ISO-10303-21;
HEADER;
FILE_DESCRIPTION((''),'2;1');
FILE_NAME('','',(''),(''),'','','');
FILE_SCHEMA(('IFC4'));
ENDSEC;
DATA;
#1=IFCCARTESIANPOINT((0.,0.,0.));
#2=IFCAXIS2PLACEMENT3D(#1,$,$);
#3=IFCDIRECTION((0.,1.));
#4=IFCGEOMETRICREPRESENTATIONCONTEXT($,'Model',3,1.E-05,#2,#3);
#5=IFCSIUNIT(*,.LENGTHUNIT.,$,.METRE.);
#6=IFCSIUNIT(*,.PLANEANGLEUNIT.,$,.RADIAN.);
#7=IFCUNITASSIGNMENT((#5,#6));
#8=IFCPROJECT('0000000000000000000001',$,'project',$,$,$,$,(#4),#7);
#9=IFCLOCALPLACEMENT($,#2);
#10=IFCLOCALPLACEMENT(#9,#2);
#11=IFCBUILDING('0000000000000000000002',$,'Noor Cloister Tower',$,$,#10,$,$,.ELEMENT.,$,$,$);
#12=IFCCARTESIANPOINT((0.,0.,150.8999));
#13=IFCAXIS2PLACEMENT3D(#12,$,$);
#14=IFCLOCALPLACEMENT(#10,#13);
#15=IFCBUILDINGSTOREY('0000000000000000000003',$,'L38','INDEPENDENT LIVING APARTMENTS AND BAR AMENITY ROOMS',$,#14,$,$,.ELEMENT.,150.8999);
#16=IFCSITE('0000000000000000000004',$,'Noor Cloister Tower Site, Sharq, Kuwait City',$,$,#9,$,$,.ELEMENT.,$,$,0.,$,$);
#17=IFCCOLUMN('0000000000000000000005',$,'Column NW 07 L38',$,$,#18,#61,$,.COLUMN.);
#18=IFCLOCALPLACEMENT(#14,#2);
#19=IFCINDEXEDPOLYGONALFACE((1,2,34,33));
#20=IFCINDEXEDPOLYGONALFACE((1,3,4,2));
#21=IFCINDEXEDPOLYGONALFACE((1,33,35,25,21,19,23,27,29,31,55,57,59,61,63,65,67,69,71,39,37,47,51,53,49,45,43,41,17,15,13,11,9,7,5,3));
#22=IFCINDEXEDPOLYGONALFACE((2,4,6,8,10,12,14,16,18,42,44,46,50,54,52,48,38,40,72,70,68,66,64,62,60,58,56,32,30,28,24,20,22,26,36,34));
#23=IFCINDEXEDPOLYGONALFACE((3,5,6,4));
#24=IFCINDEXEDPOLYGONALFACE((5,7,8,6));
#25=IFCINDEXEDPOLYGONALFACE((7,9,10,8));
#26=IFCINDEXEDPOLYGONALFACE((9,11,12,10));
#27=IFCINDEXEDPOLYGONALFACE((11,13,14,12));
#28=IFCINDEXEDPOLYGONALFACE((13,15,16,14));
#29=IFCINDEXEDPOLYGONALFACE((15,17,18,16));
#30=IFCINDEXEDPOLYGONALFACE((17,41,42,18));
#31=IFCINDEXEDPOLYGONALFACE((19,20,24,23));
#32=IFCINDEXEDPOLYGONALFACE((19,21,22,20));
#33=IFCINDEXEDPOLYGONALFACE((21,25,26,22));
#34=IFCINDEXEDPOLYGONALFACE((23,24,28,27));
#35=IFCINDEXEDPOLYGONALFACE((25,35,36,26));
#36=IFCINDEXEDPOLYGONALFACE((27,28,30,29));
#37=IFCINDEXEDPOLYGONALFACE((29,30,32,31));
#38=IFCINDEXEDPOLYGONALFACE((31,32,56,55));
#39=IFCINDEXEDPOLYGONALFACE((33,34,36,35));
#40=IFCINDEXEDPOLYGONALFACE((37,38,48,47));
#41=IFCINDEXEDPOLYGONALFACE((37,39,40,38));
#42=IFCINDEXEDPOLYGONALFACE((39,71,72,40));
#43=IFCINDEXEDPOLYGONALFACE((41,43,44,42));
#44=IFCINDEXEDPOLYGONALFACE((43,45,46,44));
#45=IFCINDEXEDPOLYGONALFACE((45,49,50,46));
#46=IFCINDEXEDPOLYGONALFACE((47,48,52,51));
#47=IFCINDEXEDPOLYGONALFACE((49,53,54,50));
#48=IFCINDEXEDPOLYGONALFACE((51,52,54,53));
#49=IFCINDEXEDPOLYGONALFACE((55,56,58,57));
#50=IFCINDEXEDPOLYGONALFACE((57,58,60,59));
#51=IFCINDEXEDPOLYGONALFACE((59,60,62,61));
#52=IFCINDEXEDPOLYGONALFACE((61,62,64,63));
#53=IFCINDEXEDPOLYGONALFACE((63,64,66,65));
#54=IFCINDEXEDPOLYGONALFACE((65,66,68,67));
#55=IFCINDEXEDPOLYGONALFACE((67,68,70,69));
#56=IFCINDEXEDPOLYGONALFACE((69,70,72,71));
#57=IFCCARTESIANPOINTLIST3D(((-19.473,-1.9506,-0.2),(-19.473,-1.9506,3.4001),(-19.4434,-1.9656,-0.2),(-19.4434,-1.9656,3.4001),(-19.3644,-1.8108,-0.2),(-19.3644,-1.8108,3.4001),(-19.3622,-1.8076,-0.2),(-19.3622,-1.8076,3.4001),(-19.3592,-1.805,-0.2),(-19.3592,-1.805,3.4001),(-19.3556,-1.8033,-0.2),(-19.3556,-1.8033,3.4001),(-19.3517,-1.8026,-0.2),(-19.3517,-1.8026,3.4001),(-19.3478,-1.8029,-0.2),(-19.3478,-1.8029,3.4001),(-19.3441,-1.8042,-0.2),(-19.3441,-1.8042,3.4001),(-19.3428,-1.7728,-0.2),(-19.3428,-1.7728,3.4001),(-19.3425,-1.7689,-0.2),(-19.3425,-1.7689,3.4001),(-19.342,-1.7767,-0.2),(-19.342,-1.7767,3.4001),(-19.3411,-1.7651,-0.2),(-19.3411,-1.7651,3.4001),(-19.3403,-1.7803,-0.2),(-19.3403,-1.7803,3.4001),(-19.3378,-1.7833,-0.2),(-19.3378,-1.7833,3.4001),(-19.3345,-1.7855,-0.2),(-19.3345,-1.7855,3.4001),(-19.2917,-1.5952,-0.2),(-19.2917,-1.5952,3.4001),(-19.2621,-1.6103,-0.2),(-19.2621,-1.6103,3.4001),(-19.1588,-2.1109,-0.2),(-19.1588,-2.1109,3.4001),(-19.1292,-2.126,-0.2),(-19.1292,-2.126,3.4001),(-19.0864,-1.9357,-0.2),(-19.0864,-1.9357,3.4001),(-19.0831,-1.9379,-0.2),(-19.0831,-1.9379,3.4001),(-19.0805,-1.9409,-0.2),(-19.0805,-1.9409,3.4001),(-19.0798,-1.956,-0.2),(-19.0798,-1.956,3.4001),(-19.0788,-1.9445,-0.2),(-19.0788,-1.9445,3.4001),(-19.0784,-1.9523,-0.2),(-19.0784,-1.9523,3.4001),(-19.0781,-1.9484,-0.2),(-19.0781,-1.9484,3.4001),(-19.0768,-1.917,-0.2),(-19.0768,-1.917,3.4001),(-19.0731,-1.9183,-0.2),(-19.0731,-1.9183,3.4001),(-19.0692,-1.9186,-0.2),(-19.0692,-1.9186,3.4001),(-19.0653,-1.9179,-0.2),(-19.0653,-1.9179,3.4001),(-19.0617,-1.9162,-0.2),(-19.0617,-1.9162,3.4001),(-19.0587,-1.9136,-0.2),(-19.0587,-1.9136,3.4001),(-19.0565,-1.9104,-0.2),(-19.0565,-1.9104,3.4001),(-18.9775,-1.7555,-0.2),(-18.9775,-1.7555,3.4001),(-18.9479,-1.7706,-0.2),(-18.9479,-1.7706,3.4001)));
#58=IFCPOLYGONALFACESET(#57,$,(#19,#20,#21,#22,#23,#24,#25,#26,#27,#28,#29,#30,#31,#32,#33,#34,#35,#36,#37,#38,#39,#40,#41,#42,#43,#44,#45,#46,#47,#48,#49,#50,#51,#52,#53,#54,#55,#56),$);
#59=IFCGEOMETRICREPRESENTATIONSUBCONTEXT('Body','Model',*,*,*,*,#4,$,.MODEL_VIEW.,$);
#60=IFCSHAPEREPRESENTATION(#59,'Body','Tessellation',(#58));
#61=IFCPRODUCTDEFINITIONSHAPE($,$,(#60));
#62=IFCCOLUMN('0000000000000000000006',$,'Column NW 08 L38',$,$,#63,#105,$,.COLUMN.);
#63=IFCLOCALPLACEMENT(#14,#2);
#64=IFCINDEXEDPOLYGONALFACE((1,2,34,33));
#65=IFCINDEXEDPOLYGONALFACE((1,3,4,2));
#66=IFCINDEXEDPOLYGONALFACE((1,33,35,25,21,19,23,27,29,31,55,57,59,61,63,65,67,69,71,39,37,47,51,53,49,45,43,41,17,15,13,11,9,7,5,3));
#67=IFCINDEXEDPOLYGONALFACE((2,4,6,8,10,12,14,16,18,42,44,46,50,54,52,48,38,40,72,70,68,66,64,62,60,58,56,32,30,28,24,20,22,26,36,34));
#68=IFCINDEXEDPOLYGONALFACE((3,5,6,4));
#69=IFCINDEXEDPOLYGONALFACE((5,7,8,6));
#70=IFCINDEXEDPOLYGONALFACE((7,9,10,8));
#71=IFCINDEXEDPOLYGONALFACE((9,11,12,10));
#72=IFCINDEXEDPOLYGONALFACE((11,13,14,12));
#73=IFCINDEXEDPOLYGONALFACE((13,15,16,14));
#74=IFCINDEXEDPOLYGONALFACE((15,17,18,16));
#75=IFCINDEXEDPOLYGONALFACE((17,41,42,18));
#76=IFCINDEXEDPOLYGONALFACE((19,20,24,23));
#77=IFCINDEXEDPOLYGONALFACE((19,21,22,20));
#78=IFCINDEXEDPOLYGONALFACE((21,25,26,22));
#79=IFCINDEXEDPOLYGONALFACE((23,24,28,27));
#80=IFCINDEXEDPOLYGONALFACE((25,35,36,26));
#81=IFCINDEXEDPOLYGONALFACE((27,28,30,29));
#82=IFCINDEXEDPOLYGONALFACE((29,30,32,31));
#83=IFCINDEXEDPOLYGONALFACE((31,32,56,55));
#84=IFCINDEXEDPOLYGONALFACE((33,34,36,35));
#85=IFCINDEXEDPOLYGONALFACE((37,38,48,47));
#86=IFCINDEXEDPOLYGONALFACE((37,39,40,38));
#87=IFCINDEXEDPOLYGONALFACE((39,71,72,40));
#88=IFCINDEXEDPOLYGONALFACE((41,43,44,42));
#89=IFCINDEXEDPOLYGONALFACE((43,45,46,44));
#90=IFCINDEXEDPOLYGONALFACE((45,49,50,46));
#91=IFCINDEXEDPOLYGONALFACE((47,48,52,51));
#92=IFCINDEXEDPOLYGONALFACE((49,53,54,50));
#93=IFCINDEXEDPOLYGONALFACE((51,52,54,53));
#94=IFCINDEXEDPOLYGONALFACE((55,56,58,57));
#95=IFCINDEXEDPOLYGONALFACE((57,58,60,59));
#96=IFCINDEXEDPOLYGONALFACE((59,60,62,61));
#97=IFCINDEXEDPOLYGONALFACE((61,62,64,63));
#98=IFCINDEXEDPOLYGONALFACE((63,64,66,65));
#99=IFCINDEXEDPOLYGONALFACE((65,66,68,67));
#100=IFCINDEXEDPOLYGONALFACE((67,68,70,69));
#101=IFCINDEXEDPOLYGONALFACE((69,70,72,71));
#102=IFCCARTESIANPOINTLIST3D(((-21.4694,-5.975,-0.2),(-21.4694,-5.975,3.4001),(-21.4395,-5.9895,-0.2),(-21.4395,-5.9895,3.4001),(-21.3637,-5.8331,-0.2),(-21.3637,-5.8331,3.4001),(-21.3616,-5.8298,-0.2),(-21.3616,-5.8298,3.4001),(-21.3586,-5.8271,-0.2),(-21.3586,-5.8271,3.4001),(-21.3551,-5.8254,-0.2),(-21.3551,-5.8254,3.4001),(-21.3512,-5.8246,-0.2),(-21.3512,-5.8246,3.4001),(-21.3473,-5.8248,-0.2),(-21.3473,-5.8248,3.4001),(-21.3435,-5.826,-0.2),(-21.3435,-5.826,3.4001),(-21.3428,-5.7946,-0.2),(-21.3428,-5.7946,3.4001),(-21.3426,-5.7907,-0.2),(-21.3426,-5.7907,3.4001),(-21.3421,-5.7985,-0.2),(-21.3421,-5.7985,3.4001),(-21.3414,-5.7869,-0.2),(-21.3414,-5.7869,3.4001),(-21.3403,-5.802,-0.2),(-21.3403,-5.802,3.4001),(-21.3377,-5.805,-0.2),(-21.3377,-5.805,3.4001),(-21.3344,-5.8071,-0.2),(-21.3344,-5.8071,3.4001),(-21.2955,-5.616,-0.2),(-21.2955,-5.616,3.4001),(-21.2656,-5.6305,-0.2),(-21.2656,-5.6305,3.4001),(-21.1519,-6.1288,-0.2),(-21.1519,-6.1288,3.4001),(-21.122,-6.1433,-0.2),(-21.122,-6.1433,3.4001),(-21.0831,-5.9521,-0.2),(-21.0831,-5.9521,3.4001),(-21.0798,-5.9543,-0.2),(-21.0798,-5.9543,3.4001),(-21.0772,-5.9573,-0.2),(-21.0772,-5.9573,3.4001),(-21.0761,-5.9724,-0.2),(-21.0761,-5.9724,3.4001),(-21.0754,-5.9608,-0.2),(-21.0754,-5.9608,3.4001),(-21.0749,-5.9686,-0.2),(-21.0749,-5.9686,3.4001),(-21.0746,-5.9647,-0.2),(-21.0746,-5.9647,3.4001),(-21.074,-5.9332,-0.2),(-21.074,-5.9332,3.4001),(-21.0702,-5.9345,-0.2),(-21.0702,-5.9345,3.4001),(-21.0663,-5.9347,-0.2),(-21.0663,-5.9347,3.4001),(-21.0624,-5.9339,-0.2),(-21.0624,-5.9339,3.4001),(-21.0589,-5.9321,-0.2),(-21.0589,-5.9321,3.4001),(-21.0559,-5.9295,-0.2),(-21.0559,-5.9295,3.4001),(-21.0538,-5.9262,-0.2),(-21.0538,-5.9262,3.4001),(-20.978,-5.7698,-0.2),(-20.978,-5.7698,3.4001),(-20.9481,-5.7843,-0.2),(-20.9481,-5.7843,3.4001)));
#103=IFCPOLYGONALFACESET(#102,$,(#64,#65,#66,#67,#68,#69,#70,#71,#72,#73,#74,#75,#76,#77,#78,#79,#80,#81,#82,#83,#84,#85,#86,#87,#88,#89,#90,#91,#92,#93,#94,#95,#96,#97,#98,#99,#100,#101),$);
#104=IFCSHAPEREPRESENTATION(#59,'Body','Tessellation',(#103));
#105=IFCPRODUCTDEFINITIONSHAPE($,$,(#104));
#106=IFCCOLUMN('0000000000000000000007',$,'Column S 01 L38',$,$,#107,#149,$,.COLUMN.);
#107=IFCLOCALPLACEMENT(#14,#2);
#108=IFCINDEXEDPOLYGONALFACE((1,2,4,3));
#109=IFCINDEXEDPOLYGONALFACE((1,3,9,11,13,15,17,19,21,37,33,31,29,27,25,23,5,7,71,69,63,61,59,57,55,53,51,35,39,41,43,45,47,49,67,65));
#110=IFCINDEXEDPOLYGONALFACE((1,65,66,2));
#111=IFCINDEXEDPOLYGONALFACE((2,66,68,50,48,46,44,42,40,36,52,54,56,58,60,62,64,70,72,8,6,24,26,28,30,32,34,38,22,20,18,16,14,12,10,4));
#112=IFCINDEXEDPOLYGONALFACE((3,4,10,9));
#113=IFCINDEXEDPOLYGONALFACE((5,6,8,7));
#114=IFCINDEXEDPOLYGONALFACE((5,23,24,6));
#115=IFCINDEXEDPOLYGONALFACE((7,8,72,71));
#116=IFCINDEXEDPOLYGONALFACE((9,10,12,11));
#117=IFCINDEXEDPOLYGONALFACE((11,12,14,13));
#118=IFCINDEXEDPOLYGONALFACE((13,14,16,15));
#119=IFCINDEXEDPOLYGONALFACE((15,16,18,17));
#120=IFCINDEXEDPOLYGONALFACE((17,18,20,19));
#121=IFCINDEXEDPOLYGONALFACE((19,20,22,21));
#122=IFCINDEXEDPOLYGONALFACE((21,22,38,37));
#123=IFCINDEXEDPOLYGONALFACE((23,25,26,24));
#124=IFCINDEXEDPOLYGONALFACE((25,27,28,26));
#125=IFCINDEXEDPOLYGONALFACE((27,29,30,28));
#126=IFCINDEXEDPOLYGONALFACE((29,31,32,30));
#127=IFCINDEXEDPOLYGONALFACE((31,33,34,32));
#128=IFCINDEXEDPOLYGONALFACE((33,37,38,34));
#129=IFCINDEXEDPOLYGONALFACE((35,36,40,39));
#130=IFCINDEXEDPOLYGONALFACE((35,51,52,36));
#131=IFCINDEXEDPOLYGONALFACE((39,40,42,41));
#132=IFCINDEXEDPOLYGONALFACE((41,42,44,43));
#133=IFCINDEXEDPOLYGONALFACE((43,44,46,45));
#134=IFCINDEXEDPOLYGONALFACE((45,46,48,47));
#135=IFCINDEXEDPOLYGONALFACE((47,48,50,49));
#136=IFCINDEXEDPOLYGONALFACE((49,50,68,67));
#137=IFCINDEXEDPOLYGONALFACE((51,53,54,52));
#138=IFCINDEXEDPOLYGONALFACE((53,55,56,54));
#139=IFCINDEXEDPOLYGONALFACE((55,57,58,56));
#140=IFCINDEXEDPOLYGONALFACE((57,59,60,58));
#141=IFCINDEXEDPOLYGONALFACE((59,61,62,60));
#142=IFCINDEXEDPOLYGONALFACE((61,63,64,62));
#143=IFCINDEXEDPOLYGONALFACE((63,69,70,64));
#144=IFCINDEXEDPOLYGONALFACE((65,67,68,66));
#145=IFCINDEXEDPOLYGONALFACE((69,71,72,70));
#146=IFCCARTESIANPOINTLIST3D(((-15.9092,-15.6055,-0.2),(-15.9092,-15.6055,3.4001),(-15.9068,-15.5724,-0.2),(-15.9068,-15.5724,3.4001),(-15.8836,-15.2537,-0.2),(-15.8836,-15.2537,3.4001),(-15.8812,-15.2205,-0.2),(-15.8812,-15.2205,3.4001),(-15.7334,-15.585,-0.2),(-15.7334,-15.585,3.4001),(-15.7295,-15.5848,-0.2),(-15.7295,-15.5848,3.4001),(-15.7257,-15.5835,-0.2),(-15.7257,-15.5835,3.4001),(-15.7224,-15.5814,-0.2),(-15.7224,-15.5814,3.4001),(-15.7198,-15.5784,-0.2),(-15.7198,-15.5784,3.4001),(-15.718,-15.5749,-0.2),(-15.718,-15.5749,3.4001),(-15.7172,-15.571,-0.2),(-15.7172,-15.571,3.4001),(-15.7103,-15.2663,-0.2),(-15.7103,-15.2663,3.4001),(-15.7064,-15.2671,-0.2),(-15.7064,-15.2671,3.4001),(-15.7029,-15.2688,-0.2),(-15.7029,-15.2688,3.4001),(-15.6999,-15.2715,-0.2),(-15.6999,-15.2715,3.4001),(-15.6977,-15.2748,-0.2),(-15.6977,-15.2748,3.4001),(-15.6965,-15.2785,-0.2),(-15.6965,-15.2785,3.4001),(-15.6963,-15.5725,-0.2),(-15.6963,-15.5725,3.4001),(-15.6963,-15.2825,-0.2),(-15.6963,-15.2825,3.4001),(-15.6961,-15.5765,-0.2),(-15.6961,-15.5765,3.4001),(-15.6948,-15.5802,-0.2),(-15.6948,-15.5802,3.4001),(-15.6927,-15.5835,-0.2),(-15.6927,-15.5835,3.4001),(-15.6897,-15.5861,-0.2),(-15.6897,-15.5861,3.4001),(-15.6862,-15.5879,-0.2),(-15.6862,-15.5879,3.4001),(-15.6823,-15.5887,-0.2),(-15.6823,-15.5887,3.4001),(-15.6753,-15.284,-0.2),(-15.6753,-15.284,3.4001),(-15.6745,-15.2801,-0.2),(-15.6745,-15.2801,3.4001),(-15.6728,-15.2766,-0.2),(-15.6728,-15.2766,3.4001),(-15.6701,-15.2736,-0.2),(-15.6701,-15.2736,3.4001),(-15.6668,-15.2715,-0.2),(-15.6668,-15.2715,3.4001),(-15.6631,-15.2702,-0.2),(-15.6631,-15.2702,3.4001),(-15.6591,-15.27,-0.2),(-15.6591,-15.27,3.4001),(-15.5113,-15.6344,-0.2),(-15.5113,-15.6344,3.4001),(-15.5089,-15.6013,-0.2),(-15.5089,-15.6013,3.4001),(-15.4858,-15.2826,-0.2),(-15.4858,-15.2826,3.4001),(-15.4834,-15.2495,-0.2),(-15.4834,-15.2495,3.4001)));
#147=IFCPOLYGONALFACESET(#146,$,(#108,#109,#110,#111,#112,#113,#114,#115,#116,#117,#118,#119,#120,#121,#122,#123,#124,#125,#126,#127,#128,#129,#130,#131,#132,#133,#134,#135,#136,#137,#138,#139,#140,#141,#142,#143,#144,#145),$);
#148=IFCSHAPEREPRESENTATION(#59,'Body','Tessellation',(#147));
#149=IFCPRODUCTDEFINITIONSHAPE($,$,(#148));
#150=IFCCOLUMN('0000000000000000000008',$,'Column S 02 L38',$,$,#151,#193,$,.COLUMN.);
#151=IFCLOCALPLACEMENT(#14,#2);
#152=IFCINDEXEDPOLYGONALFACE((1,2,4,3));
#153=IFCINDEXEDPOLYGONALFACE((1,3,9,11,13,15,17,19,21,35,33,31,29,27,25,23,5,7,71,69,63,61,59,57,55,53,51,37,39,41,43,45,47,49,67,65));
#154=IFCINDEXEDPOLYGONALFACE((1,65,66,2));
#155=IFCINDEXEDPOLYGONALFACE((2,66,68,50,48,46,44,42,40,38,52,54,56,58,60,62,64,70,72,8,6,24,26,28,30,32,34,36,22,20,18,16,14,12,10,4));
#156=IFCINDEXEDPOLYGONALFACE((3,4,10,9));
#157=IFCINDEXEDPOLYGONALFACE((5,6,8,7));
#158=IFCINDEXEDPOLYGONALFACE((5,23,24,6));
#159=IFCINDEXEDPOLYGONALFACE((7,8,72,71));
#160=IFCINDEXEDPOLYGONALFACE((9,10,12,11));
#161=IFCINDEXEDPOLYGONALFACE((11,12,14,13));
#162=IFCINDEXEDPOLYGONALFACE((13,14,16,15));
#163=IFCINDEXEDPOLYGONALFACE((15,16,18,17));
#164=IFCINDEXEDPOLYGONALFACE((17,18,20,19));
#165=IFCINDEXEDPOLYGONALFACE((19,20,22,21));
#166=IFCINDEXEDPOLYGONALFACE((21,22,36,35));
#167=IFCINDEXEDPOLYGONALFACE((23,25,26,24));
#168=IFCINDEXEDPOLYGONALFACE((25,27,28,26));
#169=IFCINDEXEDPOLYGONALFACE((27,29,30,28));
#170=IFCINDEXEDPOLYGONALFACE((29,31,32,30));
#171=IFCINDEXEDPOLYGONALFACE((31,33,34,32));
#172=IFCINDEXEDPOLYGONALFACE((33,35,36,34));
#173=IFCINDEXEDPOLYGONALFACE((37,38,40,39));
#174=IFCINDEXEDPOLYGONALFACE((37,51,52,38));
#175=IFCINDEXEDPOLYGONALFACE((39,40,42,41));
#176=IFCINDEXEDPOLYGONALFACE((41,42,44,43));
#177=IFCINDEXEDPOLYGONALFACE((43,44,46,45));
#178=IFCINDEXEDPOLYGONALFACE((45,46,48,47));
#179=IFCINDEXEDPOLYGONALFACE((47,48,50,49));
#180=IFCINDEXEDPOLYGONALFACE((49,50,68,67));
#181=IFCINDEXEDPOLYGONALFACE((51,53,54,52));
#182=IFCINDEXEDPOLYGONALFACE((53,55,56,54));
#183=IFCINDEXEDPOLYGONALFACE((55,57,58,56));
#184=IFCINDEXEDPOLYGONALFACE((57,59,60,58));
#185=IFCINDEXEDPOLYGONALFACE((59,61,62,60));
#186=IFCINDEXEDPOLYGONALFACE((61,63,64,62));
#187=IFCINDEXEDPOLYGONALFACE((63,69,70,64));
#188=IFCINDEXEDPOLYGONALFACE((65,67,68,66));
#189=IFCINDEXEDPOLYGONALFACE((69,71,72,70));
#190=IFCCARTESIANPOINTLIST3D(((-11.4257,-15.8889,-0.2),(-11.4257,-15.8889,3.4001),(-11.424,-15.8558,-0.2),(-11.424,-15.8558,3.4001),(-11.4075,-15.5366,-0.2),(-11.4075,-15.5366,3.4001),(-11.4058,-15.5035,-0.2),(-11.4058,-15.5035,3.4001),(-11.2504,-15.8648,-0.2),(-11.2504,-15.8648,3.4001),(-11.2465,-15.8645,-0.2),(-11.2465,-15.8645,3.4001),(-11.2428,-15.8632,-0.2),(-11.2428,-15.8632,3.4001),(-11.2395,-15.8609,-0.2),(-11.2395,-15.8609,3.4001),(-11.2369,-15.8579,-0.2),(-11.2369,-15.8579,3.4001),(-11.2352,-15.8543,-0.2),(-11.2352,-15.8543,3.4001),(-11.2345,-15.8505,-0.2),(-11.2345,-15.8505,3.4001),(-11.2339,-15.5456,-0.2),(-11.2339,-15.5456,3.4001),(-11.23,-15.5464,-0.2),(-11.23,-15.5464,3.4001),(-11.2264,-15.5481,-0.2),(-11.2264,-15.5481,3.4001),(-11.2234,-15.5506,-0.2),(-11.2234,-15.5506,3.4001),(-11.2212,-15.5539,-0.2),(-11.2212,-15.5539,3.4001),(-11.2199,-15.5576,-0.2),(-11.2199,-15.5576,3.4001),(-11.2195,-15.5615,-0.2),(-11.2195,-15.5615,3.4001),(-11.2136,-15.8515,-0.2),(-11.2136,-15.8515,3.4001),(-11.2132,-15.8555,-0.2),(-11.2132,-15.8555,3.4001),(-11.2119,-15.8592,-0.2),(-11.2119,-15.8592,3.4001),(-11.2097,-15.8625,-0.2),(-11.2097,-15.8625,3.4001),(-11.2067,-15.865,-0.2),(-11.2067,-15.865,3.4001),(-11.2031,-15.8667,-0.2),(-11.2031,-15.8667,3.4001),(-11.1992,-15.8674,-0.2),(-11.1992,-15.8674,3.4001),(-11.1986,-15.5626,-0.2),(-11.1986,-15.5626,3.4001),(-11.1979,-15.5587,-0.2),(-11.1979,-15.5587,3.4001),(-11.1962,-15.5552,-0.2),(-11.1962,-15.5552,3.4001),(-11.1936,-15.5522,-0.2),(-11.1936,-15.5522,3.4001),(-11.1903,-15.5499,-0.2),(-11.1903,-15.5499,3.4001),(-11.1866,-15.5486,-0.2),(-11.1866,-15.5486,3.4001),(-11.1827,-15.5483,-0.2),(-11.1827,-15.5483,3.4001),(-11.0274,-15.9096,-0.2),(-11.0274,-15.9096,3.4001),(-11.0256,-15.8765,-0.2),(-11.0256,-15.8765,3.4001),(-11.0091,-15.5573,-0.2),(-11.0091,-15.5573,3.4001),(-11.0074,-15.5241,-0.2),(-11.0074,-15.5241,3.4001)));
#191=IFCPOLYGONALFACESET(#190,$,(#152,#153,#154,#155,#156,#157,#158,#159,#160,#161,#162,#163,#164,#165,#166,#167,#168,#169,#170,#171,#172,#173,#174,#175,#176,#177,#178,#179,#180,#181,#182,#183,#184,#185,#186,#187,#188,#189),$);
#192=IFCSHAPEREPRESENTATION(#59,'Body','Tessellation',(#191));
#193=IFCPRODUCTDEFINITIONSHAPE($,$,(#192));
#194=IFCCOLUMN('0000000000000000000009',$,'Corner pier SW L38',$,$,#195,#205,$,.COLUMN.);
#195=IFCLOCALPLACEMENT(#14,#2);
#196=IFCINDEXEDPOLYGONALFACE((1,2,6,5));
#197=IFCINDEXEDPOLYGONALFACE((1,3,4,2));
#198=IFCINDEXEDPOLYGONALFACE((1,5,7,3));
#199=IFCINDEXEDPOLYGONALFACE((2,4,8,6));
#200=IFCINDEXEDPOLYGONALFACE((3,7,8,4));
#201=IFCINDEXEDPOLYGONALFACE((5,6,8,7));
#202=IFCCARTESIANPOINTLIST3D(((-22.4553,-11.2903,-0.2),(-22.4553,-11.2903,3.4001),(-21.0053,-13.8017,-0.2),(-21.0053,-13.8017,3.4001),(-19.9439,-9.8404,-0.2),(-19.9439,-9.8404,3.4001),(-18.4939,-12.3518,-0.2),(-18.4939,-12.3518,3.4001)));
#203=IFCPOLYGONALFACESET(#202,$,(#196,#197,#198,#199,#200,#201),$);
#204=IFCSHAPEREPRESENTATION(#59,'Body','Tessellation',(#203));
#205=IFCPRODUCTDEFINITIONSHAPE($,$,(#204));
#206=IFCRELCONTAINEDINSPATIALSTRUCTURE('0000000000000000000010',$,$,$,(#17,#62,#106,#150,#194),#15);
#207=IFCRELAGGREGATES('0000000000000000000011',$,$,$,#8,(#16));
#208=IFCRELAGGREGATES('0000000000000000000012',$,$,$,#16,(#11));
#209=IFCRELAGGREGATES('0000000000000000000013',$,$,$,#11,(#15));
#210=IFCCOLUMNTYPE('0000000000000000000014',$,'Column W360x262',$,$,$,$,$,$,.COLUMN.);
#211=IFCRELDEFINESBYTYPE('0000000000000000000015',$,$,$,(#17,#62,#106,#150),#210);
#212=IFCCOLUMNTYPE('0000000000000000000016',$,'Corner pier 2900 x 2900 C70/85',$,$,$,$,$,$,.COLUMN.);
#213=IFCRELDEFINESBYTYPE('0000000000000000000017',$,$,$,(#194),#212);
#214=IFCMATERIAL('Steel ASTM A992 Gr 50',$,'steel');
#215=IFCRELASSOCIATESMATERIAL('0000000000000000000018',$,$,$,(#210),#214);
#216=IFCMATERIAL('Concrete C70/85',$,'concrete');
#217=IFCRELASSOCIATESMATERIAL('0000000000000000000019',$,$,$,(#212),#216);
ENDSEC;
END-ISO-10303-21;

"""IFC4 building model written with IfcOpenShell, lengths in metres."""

from ifc_helpers import new_model, si_unit, direction, frame, origin, origin_2d, place, context, subcontext, project, spatial, rectangle, i_section, extrude, material, material_profile, profile_set, type_object, element, save


model = new_model("IFC4")

# Units and contexts
model_context = context("Model", 3, precision=1e-05, world=origin(), true_north=direction((0.0, 1.0)))
body_context = subcontext(model_context, "Body", "Model", "MODEL_VIEW")
ifc_project = project(units=[si_unit("LENGTHUNIT", "METRE"), si_unit("PLANEANGLEUNIT", "RADIAN")], contexts=[model_context])

# Site, building, storey
site_placement = place(None, origin())
site = spatial("IfcSite", under=ifc_project, at=site_placement, Name="Noor Cloister Tower Site, Sharq, Kuwait City", CompositionType="ELEMENT", RefElevation=0.0)
building_placement = place(site_placement, origin())
building = spatial("IfcBuilding", under=site, at=building_placement, Name="Noor Cloister Tower", CompositionType="ELEMENT")
storey_placement = place(building_placement, frame((0.0, 0.0, 150.8999)))
storey = spatial("IfcBuildingStorey", under=building, at=storey_placement, Name="L38", Description="INDEPENDENT LIVING APARTMENTS AND BAR AMENITY ROOMS", CompositionType="ELEMENT", Elevation=150.8999)

# Columns
ifc_material_1 = material(Name="Steel ASTM A992 Gr 50", Category="steel")
ifc_material_profile_1 = material_profile(ifc_material_1, i_section(OverallWidth=0.3989, OverallDepth=0.386, WebThickness=0.021, FlangeThickness=0.0332, FilletRadius=0.0151, at=origin_2d()), Name="W360x262")
ifc_profile_set_1 = profile_set([ifc_material_profile_1], Name="Steel ASTM A992 Gr 50")
column_type_1 = type_object("IfcColumnType", Name="Column W360x262", PredefinedType="COLUMN", material=ifc_profile_set_1)
for number, where, z_axis, x_axis, name in (
    (1, (-19.2104, -1.8606, -0.2), (0.0, 0.0, 1.0), (-0.45447, -0.890762, 0.0), "Column NW 07 L38"),
    (2, (-21.2087, -5.8796, -0.2), (0.0, 0.0, 1.0), (-0.435909, -0.899991, 0.0), "Column NW 08 L38"),
    (3, (-15.6963, -15.4275, -0.2), (0.0, 0.0, 1.0), (0.997369, -0.072487, 0.0), "Column S 01 L38"),
    (4, (-11.2166, -15.7065, -0.2), (0.0, 0.0, 1.0), (0.998658, -0.051799, 0.0), "Column S 02 L38"),
):
    element("IfcColumn", number, at=place(storey_placement, frame(where, z_axis=z_axis, x_axis=x_axis)), inside=storey, type_object=column_type_1, Name=name, PredefinedType="COLUMN", context=body_context, shape_type="SweptSolid", body=[
        extrude(i_section(OverallWidth=0.3989, OverallDepth=0.386, WebThickness=0.021, FlangeThickness=0.0332, FilletRadius=0.0151, at=origin_2d()), origin(), (0.0, 0.0, 1.0), 3.6001),
    ])
ifc_material_2 = material(Name="Concrete C70/85", Category="concrete")
ifc_material_profile_2 = material_profile(ifc_material_2, rectangle(XDim=2.8999, YDim=2.8999, at=origin_2d()), Name="RC 2900x2900")
ifc_profile_set_2 = profile_set([ifc_material_profile_2], Name="Concrete C70/85")
column_type_2 = type_object("IfcColumnType", Name="Corner pier 2900 x 2900 C70/85", PredefinedType="COLUMN", material=ifc_profile_set_2)
column_placement = place(storey_placement, frame((-20.4746, -11.821, -0.2), z_axis=(0.0, 0.0, 1.0), x_axis=(-0.866025, -0.5, 0.0)))
element("IfcColumn", 5, at=column_placement, inside=storey, type_object=column_type_2, Name="Corner pier SW L38", PredefinedType="COLUMN", context=body_context, shape_type="SweptSolid", body=[
    extrude(rectangle(XDim=2.8999, YDim=2.8999, at=origin_2d()), origin(), (0.0, 0.0, 1.0), 3.6001),
])

save(model, "model.ifc")
